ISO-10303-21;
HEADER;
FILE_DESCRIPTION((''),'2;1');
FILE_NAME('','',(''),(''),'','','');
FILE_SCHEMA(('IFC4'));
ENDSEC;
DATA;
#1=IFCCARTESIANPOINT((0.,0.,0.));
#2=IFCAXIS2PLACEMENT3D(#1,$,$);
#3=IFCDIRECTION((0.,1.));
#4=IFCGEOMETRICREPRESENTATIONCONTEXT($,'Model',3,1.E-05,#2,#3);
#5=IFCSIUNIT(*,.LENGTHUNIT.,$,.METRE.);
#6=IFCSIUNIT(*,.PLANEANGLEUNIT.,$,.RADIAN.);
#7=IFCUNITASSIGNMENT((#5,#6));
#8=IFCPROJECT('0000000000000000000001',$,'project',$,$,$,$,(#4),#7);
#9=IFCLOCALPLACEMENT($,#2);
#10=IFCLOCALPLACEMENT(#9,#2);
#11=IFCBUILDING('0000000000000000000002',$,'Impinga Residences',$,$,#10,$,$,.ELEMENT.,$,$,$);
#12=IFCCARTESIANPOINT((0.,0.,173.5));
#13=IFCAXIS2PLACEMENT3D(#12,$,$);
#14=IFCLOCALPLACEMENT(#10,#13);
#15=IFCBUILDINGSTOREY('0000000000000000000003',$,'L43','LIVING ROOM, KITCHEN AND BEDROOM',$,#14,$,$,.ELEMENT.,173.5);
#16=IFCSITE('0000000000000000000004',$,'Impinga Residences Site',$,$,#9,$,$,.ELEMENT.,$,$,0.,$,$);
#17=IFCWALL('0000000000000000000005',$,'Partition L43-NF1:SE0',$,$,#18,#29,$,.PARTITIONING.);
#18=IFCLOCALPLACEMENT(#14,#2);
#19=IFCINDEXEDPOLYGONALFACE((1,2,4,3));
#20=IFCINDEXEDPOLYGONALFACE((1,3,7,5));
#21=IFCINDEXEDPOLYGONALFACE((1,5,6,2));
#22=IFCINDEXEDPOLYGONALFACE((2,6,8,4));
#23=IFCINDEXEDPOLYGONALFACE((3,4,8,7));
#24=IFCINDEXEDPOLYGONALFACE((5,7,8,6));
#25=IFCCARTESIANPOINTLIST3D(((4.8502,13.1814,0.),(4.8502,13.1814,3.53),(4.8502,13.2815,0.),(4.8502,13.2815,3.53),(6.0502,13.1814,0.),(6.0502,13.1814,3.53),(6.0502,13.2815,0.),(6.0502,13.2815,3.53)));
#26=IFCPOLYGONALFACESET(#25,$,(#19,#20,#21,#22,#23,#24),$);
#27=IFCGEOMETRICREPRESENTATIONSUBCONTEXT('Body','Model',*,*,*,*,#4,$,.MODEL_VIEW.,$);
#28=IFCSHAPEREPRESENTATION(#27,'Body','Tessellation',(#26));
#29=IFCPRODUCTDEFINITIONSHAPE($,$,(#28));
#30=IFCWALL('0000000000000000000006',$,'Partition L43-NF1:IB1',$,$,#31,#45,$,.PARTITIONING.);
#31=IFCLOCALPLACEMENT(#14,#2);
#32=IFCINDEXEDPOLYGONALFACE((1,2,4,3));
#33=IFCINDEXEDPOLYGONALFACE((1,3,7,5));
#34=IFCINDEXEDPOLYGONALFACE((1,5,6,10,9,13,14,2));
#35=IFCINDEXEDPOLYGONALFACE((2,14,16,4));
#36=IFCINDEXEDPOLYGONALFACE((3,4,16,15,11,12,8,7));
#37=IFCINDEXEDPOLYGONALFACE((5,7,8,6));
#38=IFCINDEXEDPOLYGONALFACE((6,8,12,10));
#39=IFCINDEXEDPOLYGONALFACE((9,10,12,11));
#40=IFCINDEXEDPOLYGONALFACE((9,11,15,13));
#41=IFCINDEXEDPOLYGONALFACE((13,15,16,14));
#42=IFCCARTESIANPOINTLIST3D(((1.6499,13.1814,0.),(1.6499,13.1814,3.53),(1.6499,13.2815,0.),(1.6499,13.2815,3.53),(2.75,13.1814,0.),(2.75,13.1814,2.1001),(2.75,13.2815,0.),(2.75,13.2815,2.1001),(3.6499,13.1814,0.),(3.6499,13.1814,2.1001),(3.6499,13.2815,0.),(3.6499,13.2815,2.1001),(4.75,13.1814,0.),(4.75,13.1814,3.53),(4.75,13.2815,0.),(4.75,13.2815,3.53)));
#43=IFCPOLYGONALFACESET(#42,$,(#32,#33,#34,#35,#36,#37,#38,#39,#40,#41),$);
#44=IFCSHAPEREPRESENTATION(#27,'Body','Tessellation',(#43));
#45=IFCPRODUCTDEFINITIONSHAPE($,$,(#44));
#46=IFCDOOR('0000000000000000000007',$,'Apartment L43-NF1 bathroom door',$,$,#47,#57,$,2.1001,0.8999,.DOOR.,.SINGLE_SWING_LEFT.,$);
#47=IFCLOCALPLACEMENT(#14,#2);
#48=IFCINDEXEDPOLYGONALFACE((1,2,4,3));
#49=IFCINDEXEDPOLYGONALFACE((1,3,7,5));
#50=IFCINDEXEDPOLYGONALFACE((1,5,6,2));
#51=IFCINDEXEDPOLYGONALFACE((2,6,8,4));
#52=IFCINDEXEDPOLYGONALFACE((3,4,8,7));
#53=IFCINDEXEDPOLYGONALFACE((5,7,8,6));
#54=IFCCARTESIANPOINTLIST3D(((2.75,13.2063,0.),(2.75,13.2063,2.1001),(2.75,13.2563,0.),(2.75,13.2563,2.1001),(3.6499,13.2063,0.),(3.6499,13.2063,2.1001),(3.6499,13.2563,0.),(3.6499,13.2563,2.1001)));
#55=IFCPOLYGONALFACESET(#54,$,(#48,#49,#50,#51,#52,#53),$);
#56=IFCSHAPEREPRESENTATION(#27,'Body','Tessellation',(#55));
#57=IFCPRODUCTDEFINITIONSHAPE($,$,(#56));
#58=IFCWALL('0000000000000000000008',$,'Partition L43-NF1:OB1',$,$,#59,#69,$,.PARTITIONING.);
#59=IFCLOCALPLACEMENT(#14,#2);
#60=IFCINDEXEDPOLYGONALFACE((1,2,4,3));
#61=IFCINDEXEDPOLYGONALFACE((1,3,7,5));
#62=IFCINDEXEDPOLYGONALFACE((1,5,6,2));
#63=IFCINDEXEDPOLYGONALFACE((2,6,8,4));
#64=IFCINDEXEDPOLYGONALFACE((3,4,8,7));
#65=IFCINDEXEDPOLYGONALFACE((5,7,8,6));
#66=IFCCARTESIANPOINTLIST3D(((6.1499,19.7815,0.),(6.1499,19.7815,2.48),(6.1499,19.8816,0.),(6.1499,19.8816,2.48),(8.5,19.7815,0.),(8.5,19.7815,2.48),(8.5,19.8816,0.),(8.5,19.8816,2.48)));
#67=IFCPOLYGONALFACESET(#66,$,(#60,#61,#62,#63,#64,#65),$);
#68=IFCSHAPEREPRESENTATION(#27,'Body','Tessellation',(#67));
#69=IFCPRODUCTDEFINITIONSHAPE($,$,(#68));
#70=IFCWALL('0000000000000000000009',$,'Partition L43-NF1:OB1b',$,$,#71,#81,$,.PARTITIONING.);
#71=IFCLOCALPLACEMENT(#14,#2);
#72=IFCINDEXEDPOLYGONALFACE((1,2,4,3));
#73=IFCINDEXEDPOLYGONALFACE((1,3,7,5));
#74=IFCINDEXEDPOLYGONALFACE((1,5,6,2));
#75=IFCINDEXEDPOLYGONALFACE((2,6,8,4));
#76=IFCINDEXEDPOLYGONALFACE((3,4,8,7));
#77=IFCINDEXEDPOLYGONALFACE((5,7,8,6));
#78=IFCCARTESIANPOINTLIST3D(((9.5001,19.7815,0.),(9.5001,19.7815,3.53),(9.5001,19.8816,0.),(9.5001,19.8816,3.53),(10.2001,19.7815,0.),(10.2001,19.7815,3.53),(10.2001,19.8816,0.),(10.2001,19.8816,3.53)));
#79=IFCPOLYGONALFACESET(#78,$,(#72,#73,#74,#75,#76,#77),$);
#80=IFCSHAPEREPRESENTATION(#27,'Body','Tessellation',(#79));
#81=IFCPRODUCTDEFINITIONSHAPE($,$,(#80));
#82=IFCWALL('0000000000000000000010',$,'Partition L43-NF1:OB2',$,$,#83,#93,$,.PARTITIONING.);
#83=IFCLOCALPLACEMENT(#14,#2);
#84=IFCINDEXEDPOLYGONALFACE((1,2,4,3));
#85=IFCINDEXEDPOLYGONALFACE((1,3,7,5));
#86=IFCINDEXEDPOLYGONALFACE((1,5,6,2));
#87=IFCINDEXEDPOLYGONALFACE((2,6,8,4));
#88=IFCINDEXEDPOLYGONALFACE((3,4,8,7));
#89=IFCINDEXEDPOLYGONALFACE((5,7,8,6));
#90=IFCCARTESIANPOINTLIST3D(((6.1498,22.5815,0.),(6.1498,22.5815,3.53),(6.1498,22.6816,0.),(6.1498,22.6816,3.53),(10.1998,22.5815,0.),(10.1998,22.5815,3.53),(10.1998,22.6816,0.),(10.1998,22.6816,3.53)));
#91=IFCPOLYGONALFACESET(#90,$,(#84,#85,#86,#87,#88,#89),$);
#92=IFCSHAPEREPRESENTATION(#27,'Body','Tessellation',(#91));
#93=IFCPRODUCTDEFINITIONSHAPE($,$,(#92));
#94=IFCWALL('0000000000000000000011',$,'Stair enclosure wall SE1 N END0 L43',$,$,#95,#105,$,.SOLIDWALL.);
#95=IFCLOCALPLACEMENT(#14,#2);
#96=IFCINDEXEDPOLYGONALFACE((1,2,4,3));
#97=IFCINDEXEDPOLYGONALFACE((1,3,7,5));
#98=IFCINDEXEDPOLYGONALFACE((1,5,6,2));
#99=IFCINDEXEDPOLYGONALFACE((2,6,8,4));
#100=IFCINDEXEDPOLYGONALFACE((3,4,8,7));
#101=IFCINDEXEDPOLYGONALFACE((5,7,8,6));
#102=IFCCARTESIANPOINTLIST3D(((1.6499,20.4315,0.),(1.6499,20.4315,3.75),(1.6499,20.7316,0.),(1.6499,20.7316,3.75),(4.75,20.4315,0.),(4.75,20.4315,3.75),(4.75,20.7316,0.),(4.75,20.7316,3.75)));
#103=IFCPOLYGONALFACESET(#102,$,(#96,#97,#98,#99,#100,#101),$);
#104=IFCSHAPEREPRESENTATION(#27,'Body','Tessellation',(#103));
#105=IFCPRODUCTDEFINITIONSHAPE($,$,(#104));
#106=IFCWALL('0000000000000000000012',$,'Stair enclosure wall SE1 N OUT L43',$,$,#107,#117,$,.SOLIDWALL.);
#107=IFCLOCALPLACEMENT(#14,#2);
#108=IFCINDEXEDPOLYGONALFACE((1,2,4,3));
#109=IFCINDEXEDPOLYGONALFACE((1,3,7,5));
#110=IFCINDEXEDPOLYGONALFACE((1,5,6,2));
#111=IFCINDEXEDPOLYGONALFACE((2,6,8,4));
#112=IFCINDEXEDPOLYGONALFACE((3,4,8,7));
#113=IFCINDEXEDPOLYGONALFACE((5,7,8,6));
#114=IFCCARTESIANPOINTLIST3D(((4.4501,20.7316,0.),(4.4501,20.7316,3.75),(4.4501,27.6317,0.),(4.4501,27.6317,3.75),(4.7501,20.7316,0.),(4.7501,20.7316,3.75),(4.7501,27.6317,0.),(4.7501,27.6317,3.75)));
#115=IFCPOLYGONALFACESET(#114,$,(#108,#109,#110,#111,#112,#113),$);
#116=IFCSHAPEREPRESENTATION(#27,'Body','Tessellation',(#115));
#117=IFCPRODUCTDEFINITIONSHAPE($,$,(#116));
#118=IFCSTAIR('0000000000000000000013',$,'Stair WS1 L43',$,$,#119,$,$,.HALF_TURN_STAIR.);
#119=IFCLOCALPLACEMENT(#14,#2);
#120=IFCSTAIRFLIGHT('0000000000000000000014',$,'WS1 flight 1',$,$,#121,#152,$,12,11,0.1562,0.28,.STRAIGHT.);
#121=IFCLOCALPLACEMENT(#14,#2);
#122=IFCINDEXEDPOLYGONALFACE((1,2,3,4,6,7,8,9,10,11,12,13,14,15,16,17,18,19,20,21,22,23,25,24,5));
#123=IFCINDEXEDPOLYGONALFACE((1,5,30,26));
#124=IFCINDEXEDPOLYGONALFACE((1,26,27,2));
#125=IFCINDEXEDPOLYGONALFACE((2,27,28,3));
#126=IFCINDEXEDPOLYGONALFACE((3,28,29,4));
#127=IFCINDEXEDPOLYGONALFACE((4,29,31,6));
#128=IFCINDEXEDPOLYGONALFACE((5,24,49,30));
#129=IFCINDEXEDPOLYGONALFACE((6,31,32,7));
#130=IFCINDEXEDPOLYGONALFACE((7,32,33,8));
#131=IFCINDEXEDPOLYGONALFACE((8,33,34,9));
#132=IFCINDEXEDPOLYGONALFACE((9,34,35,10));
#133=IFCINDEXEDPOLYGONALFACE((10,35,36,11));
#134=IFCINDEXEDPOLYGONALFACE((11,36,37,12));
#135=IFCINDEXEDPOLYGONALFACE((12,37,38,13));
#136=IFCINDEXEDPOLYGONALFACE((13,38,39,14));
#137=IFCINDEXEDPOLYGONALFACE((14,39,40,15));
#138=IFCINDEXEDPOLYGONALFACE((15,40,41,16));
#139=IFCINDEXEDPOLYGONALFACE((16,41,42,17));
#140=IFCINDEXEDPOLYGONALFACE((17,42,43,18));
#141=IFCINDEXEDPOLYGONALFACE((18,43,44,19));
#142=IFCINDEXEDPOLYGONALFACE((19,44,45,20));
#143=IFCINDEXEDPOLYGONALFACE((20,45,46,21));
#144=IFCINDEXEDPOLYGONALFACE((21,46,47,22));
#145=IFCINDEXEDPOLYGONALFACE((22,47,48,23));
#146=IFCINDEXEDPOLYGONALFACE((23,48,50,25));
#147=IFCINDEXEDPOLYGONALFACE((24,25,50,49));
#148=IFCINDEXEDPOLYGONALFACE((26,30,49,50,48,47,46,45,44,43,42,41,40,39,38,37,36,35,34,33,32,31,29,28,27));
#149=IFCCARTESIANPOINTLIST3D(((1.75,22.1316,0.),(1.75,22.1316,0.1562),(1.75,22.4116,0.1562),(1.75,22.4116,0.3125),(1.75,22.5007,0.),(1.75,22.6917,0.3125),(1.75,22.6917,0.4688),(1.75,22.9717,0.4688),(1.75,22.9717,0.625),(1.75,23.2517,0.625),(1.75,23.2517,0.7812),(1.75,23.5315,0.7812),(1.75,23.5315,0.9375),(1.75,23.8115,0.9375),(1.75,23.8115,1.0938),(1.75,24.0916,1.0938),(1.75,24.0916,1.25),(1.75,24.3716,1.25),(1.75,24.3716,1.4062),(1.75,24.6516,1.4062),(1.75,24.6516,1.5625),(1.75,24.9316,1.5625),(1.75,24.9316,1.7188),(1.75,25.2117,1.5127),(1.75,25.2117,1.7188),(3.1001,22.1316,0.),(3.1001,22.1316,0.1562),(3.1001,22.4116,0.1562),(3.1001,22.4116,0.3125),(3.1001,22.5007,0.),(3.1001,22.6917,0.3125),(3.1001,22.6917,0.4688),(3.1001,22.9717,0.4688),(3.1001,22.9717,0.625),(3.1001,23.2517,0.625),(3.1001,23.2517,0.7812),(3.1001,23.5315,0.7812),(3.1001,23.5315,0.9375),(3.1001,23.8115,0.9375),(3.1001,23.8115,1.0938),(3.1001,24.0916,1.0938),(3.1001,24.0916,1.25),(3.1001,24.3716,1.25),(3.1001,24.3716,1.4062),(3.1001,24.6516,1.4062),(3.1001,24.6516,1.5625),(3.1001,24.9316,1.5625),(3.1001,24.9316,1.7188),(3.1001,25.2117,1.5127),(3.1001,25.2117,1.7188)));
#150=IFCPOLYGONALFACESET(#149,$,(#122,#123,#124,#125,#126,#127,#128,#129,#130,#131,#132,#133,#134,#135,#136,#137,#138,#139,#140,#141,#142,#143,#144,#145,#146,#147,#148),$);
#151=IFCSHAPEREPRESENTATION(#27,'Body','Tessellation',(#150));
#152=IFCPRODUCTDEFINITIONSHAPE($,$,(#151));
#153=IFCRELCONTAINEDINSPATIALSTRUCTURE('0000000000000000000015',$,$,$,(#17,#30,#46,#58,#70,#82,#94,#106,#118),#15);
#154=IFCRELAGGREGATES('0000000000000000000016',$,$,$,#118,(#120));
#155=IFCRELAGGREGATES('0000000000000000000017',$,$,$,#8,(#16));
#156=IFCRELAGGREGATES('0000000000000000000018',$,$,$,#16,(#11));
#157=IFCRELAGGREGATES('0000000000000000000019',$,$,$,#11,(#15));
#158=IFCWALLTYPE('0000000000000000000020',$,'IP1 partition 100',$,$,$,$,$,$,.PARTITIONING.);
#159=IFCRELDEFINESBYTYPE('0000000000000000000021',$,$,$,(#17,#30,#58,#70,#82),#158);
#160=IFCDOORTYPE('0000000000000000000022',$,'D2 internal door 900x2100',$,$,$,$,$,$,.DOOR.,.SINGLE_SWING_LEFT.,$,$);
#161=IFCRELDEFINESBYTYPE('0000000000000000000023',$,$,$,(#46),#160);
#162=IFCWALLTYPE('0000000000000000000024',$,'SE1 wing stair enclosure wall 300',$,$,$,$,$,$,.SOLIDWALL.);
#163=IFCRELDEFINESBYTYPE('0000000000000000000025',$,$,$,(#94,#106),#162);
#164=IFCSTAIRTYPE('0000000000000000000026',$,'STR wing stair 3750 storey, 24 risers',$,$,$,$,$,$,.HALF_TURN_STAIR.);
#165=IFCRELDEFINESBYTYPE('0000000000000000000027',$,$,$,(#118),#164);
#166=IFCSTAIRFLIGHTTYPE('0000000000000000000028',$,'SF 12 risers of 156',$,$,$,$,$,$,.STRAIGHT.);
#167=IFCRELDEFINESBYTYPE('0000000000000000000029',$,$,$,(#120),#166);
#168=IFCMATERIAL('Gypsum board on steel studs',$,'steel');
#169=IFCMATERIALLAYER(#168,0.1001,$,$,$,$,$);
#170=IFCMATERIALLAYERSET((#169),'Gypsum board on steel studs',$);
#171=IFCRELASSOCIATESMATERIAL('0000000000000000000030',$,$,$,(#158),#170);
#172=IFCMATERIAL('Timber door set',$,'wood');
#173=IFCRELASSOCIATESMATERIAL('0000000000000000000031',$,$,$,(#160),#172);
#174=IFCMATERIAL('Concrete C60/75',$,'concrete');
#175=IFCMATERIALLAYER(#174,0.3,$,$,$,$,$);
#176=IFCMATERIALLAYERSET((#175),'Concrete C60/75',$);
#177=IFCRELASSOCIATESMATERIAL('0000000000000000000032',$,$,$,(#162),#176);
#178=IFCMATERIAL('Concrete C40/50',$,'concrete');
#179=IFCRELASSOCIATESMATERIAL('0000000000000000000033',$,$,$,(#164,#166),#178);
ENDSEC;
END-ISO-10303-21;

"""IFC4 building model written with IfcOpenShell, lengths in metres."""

from ifc_helpers import new_model, si_unit, direction, frame, frame_2d, origin, place, context, subcontext, project, spatial, polyline, rectangle, outline, extrude, material, layer, layer_set, type_object, element, fill, aggregate, save


model = new_model("IFC4")

# Units and contexts
model_context = context("Model", 3, precision=1e-05, world=origin(), true_north=direction((0.0, 1.0)))
body_context = subcontext(model_context, "Body", "Model", "MODEL_VIEW")
ifc_project = project(units=[si_unit("LENGTHUNIT", "METRE"), si_unit("PLANEANGLEUNIT", "RADIAN")], contexts=[model_context])

# Site, building, storey
site_placement = place(None, origin())
site = spatial("IfcSite", under=ifc_project, at=site_placement, Name="Impinga Residences Site", CompositionType="ELEMENT", RefElevation=0.0)
building_placement = place(site_placement, origin())
building = spatial("IfcBuilding", under=site, at=building_placement, Name="Impinga Residences", CompositionType="ELEMENT")
storey_placement = place(building_placement, frame((0.0, 0.0, 173.5)))
storey = spatial("IfcBuildingStorey", under=building, at=storey_placement, Name="L43", Description="LIVING ROOM, KITCHEN AND BEDROOM", CompositionType="ELEMENT", Elevation=173.5)

# Shared definitions
ifc_material_1 = material(Name="Concrete C60/75", Category="concrete")

# Shared definitions
ifc_material_2 = material(Name="Gypsum board on steel studs", Category="steel")
ifc_layer_1 = layer(ifc_material_2, 0.1001)
ifc_layer_set_1 = layer_set([ifc_layer_1], Name="Gypsum board on steel studs")
wall_type_1 = type_object("IfcWallType", Name="IP1 partition 100", PredefinedType="PARTITIONING", material=ifc_layer_set_1)

# Shared definitions
ifc_material_3 = material(Name="Timber door set", Category="wood")
door_type = type_object("IfcDoorType", Name="D2 internal door 900x2100", OperationType="SINGLE_SWING_LEFT", PredefinedType="DOOR", material=ifc_material_3)

# Wall
wall_1_placement = place(storey_placement, frame((4.8501, 13.2314, 0.0), z_axis=(0.0, 0.0, 1.0), x_axis=(1.0, 0.0, 0.0)))
element("IfcWall", 1, at=wall_1_placement, inside=storey, type_object=wall_type_1, Name="Partition L43-NF1:SE0", PredefinedType="PARTITIONING", context=body_context, shape_type="SweptSolid", body=[
    extrude(rectangle(XDim=1.2, YDim=0.1001, at=frame_2d((0.6001, 0.0))), origin(), (0.0, 0.0, 1.0), 3.53),
])

# Wall, opening, door
wall_2_placement = place(storey_placement, frame((1.6499, 13.2314, 0.0), z_axis=(0.0, 0.0, 1.0), x_axis=(1.0, 0.0, 0.0)))
wall_2 = element("IfcWall", 2, at=wall_2_placement, inside=storey, type_object=wall_type_1, Name="Partition L43-NF1:IB1", PredefinedType="PARTITIONING", context=body_context, shape_type="SweptSolid", body=[
    extrude(rectangle(XDim=3.1001, YDim=0.1001, at=frame_2d((1.55, 0.0))), origin(), (0.0, 0.0, 1.0), 3.53),
])
opening_1_placement = place(wall_2_placement, frame((1.1001, 0.0, 0.0)))
opening_1 = element("IfcOpeningElement", 3, at=opening_1_placement, cuts=wall_2, PredefinedType="OPENING", context=body_context, shape_type="SweptSolid", body=[
    extrude(rectangle(XDim=0.8999, YDim=2.1001, at=frame_2d((0.45, 1.05))), frame((0.0, 0.0601, 0.0), z_axis=(0.0, -1.0, 0.0), x_axis=(1.0, 0.0, 0.0)), (0.0, 0.0, 1.0), 0.1201),
])
door_1_placement = place(opening_1_placement, origin())
door_1 = element("IfcDoor", 4, at=door_1_placement, inside=storey, type_object=door_type, Name="Apartment L43-NF1 bathroom door", OperationType="SINGLE_SWING_LEFT", OverallHeight=2.1001, OverallWidth=0.8999, PredefinedType="DOOR", context=body_context, shape_type="SweptSolid", body=[
    extrude(rectangle(XDim=0.8999, YDim=2.1001, at=frame_2d((0.45, 1.05))), frame((0.0, 0.0249, 0.0), z_axis=(0.0, -1.0, 0.0), x_axis=(1.0, 0.0, 0.0)), (0.0, 0.0, 1.0), 0.05),
])
fill(opening_1, door_1)

# Walls
wall_3_placement = place(storey_placement, frame((6.1499, 19.8315, 0.0), z_axis=(0.0, 0.0, 1.0), x_axis=(1.0, 0.0, 0.0)))
element("IfcWall", 5, at=wall_3_placement, inside=storey, type_object=wall_type_1, Name="Partition L43-NF1:OB1", PredefinedType="PARTITIONING", context=body_context, shape_type="SweptSolid", body=[
    extrude(rectangle(XDim=2.3501, YDim=0.1001, at=frame_2d((1.175, 0.0))), origin(), (0.0, 0.0, 1.0), 2.48),
])
wall_4_placement = place(storey_placement, frame((9.5, 19.8315, 0.0), z_axis=(0.0, 0.0, 1.0), x_axis=(1.0, 0.0, 0.0)))
element("IfcWall", 6, at=wall_4_placement, inside=storey, type_object=wall_type_1, Name="Partition L43-NF1:OB1b", PredefinedType="PARTITIONING", context=body_context, shape_type="SweptSolid", body=[
    extrude(rectangle(XDim=0.7, YDim=0.1001, at=frame_2d((0.3501, 0.0))), origin(), (0.0, 0.0, 1.0), 3.53),
])
wall_5_placement = place(storey_placement, frame((6.1499, 22.6316, 0.0), z_axis=(0.0, 0.0, 1.0), x_axis=(1.0, 0.0, 0.0)))
element("IfcWall", 7, at=wall_5_placement, inside=storey, type_object=wall_type_1, Name="Partition L43-NF1:OB2", PredefinedType="PARTITIONING", context=body_context, shape_type="SweptSolid", body=[
    extrude(rectangle(XDim=4.05, YDim=0.1001, at=frame_2d((2.0249, 0.0))), origin(), (0.0, 0.0, 1.0), 3.53),
])
ifc_layer_2 = layer(ifc_material_1, 0.3)
ifc_layer_set_2 = layer_set([ifc_layer_2], Name="Concrete C60/75")
wall_type_2 = type_object("IfcWallType", Name="SE1 wing stair enclosure wall 300", PredefinedType="SOLIDWALL", material=ifc_layer_set_2)
wall_6_placement = place(storey_placement, frame((1.6499, 20.5815, 0.0), z_axis=(0.0, 0.0, 1.0), x_axis=(1.0, 0.0, 0.0)))
element("IfcWall", 8, at=wall_6_placement, inside=storey, type_object=wall_type_2, Name="Stair enclosure wall SE1 N END0 L43", PredefinedType="SOLIDWALL", context=body_context, shape_type="SweptSolid", body=[
    extrude(rectangle(XDim=3.1001, YDim=0.3, at=frame_2d((1.55, 0.0))), origin(), (0.0, 0.0, 1.0), 3.75),
])
wall_7_placement = place(storey_placement, frame((4.6001, 20.7314, 0.0), z_axis=(0.0, 0.0, 1.0), x_axis=(0.0, 1.0, 0.0)))
element("IfcWall", 9, at=wall_7_placement, inside=storey, type_object=wall_type_2, Name="Stair enclosure wall SE1 N OUT L43", PredefinedType="SOLIDWALL", context=body_context, shape_type="SweptSolid", body=[
    extrude(rectangle(XDim=6.9001, YDim=0.3, at=frame_2d((3.4502, 0.0))), origin(), (0.0, 0.0, 1.0), 3.75),
])

# Stair, stair flight
ifc_material_4 = material(Name="Concrete C40/50", Category="concrete")
stair_type = type_object("IfcStairType", Name="STR wing stair 3750 storey, 24 risers", PredefinedType="HALF_TURN_STAIR", material=ifc_material_4)
stair_placement = place(storey_placement, origin())
stair = element("IfcStair", 10, at=stair_placement, inside=storey, type_object=stair_type, Name="Stair WS1 L43", PredefinedType="HALF_TURN_STAIR")
stair_flight_type = type_object("IfcStairFlightType", Name="SF 12 risers of 156", PredefinedType="STRAIGHT", material=ifc_material_4)
stair_flight_1_placement = place(storey_placement, frame((2.425, 22.1316, 0.0), z_axis=(0.0, 0.0, 1.0), x_axis=(0.0, 1.0, 0.0)))
stair_flight_1 = element("IfcStairFlight", 11, at=stair_flight_1_placement, type_object=stair_flight_type, Name="WS1 flight 1", NumberOfRisers=12, NumberOfTreads=11, PredefinedType="STRAIGHT", RiserHeight=0.1562, TreadLength=0.28, context=body_context, shape_type="SweptSolid", body=[
    extrude(outline(polyline([(0.0, 0.0), (0.0, 0.1562), (0.28, 0.1562), (0.28, 0.3125), (0.5601, 0.3125), (0.5601, 0.4688), (0.8401, 0.4688), (0.8401, 0.625), (1.1201, 0.625), (1.1201, 0.7812), (1.3999, 0.7812), (1.3999, 0.9375), (1.6799, 0.9375), (1.6799, 1.0938), (1.96, 1.0938), (1.96, 1.25), (2.24, 1.25), (2.24, 1.4062), (2.52, 1.4062), (2.52, 1.5625), (2.8, 1.5625), (2.8, 1.7188), (3.0801, 1.7188), (3.0801, 1.875), (3.0801, 1.5127), (0.3691, 0.0), (0.0, 0.0)])), frame((0.0, 0.675, 0.0), z_axis=(0.0, -1.0, 0.0), x_axis=(1.0, 0.0, 0.0)), (0.0, 0.0, 1.0), 1.3501),
])
aggregate(stair, [stair_flight_1])

save(model, "model.ifc")
